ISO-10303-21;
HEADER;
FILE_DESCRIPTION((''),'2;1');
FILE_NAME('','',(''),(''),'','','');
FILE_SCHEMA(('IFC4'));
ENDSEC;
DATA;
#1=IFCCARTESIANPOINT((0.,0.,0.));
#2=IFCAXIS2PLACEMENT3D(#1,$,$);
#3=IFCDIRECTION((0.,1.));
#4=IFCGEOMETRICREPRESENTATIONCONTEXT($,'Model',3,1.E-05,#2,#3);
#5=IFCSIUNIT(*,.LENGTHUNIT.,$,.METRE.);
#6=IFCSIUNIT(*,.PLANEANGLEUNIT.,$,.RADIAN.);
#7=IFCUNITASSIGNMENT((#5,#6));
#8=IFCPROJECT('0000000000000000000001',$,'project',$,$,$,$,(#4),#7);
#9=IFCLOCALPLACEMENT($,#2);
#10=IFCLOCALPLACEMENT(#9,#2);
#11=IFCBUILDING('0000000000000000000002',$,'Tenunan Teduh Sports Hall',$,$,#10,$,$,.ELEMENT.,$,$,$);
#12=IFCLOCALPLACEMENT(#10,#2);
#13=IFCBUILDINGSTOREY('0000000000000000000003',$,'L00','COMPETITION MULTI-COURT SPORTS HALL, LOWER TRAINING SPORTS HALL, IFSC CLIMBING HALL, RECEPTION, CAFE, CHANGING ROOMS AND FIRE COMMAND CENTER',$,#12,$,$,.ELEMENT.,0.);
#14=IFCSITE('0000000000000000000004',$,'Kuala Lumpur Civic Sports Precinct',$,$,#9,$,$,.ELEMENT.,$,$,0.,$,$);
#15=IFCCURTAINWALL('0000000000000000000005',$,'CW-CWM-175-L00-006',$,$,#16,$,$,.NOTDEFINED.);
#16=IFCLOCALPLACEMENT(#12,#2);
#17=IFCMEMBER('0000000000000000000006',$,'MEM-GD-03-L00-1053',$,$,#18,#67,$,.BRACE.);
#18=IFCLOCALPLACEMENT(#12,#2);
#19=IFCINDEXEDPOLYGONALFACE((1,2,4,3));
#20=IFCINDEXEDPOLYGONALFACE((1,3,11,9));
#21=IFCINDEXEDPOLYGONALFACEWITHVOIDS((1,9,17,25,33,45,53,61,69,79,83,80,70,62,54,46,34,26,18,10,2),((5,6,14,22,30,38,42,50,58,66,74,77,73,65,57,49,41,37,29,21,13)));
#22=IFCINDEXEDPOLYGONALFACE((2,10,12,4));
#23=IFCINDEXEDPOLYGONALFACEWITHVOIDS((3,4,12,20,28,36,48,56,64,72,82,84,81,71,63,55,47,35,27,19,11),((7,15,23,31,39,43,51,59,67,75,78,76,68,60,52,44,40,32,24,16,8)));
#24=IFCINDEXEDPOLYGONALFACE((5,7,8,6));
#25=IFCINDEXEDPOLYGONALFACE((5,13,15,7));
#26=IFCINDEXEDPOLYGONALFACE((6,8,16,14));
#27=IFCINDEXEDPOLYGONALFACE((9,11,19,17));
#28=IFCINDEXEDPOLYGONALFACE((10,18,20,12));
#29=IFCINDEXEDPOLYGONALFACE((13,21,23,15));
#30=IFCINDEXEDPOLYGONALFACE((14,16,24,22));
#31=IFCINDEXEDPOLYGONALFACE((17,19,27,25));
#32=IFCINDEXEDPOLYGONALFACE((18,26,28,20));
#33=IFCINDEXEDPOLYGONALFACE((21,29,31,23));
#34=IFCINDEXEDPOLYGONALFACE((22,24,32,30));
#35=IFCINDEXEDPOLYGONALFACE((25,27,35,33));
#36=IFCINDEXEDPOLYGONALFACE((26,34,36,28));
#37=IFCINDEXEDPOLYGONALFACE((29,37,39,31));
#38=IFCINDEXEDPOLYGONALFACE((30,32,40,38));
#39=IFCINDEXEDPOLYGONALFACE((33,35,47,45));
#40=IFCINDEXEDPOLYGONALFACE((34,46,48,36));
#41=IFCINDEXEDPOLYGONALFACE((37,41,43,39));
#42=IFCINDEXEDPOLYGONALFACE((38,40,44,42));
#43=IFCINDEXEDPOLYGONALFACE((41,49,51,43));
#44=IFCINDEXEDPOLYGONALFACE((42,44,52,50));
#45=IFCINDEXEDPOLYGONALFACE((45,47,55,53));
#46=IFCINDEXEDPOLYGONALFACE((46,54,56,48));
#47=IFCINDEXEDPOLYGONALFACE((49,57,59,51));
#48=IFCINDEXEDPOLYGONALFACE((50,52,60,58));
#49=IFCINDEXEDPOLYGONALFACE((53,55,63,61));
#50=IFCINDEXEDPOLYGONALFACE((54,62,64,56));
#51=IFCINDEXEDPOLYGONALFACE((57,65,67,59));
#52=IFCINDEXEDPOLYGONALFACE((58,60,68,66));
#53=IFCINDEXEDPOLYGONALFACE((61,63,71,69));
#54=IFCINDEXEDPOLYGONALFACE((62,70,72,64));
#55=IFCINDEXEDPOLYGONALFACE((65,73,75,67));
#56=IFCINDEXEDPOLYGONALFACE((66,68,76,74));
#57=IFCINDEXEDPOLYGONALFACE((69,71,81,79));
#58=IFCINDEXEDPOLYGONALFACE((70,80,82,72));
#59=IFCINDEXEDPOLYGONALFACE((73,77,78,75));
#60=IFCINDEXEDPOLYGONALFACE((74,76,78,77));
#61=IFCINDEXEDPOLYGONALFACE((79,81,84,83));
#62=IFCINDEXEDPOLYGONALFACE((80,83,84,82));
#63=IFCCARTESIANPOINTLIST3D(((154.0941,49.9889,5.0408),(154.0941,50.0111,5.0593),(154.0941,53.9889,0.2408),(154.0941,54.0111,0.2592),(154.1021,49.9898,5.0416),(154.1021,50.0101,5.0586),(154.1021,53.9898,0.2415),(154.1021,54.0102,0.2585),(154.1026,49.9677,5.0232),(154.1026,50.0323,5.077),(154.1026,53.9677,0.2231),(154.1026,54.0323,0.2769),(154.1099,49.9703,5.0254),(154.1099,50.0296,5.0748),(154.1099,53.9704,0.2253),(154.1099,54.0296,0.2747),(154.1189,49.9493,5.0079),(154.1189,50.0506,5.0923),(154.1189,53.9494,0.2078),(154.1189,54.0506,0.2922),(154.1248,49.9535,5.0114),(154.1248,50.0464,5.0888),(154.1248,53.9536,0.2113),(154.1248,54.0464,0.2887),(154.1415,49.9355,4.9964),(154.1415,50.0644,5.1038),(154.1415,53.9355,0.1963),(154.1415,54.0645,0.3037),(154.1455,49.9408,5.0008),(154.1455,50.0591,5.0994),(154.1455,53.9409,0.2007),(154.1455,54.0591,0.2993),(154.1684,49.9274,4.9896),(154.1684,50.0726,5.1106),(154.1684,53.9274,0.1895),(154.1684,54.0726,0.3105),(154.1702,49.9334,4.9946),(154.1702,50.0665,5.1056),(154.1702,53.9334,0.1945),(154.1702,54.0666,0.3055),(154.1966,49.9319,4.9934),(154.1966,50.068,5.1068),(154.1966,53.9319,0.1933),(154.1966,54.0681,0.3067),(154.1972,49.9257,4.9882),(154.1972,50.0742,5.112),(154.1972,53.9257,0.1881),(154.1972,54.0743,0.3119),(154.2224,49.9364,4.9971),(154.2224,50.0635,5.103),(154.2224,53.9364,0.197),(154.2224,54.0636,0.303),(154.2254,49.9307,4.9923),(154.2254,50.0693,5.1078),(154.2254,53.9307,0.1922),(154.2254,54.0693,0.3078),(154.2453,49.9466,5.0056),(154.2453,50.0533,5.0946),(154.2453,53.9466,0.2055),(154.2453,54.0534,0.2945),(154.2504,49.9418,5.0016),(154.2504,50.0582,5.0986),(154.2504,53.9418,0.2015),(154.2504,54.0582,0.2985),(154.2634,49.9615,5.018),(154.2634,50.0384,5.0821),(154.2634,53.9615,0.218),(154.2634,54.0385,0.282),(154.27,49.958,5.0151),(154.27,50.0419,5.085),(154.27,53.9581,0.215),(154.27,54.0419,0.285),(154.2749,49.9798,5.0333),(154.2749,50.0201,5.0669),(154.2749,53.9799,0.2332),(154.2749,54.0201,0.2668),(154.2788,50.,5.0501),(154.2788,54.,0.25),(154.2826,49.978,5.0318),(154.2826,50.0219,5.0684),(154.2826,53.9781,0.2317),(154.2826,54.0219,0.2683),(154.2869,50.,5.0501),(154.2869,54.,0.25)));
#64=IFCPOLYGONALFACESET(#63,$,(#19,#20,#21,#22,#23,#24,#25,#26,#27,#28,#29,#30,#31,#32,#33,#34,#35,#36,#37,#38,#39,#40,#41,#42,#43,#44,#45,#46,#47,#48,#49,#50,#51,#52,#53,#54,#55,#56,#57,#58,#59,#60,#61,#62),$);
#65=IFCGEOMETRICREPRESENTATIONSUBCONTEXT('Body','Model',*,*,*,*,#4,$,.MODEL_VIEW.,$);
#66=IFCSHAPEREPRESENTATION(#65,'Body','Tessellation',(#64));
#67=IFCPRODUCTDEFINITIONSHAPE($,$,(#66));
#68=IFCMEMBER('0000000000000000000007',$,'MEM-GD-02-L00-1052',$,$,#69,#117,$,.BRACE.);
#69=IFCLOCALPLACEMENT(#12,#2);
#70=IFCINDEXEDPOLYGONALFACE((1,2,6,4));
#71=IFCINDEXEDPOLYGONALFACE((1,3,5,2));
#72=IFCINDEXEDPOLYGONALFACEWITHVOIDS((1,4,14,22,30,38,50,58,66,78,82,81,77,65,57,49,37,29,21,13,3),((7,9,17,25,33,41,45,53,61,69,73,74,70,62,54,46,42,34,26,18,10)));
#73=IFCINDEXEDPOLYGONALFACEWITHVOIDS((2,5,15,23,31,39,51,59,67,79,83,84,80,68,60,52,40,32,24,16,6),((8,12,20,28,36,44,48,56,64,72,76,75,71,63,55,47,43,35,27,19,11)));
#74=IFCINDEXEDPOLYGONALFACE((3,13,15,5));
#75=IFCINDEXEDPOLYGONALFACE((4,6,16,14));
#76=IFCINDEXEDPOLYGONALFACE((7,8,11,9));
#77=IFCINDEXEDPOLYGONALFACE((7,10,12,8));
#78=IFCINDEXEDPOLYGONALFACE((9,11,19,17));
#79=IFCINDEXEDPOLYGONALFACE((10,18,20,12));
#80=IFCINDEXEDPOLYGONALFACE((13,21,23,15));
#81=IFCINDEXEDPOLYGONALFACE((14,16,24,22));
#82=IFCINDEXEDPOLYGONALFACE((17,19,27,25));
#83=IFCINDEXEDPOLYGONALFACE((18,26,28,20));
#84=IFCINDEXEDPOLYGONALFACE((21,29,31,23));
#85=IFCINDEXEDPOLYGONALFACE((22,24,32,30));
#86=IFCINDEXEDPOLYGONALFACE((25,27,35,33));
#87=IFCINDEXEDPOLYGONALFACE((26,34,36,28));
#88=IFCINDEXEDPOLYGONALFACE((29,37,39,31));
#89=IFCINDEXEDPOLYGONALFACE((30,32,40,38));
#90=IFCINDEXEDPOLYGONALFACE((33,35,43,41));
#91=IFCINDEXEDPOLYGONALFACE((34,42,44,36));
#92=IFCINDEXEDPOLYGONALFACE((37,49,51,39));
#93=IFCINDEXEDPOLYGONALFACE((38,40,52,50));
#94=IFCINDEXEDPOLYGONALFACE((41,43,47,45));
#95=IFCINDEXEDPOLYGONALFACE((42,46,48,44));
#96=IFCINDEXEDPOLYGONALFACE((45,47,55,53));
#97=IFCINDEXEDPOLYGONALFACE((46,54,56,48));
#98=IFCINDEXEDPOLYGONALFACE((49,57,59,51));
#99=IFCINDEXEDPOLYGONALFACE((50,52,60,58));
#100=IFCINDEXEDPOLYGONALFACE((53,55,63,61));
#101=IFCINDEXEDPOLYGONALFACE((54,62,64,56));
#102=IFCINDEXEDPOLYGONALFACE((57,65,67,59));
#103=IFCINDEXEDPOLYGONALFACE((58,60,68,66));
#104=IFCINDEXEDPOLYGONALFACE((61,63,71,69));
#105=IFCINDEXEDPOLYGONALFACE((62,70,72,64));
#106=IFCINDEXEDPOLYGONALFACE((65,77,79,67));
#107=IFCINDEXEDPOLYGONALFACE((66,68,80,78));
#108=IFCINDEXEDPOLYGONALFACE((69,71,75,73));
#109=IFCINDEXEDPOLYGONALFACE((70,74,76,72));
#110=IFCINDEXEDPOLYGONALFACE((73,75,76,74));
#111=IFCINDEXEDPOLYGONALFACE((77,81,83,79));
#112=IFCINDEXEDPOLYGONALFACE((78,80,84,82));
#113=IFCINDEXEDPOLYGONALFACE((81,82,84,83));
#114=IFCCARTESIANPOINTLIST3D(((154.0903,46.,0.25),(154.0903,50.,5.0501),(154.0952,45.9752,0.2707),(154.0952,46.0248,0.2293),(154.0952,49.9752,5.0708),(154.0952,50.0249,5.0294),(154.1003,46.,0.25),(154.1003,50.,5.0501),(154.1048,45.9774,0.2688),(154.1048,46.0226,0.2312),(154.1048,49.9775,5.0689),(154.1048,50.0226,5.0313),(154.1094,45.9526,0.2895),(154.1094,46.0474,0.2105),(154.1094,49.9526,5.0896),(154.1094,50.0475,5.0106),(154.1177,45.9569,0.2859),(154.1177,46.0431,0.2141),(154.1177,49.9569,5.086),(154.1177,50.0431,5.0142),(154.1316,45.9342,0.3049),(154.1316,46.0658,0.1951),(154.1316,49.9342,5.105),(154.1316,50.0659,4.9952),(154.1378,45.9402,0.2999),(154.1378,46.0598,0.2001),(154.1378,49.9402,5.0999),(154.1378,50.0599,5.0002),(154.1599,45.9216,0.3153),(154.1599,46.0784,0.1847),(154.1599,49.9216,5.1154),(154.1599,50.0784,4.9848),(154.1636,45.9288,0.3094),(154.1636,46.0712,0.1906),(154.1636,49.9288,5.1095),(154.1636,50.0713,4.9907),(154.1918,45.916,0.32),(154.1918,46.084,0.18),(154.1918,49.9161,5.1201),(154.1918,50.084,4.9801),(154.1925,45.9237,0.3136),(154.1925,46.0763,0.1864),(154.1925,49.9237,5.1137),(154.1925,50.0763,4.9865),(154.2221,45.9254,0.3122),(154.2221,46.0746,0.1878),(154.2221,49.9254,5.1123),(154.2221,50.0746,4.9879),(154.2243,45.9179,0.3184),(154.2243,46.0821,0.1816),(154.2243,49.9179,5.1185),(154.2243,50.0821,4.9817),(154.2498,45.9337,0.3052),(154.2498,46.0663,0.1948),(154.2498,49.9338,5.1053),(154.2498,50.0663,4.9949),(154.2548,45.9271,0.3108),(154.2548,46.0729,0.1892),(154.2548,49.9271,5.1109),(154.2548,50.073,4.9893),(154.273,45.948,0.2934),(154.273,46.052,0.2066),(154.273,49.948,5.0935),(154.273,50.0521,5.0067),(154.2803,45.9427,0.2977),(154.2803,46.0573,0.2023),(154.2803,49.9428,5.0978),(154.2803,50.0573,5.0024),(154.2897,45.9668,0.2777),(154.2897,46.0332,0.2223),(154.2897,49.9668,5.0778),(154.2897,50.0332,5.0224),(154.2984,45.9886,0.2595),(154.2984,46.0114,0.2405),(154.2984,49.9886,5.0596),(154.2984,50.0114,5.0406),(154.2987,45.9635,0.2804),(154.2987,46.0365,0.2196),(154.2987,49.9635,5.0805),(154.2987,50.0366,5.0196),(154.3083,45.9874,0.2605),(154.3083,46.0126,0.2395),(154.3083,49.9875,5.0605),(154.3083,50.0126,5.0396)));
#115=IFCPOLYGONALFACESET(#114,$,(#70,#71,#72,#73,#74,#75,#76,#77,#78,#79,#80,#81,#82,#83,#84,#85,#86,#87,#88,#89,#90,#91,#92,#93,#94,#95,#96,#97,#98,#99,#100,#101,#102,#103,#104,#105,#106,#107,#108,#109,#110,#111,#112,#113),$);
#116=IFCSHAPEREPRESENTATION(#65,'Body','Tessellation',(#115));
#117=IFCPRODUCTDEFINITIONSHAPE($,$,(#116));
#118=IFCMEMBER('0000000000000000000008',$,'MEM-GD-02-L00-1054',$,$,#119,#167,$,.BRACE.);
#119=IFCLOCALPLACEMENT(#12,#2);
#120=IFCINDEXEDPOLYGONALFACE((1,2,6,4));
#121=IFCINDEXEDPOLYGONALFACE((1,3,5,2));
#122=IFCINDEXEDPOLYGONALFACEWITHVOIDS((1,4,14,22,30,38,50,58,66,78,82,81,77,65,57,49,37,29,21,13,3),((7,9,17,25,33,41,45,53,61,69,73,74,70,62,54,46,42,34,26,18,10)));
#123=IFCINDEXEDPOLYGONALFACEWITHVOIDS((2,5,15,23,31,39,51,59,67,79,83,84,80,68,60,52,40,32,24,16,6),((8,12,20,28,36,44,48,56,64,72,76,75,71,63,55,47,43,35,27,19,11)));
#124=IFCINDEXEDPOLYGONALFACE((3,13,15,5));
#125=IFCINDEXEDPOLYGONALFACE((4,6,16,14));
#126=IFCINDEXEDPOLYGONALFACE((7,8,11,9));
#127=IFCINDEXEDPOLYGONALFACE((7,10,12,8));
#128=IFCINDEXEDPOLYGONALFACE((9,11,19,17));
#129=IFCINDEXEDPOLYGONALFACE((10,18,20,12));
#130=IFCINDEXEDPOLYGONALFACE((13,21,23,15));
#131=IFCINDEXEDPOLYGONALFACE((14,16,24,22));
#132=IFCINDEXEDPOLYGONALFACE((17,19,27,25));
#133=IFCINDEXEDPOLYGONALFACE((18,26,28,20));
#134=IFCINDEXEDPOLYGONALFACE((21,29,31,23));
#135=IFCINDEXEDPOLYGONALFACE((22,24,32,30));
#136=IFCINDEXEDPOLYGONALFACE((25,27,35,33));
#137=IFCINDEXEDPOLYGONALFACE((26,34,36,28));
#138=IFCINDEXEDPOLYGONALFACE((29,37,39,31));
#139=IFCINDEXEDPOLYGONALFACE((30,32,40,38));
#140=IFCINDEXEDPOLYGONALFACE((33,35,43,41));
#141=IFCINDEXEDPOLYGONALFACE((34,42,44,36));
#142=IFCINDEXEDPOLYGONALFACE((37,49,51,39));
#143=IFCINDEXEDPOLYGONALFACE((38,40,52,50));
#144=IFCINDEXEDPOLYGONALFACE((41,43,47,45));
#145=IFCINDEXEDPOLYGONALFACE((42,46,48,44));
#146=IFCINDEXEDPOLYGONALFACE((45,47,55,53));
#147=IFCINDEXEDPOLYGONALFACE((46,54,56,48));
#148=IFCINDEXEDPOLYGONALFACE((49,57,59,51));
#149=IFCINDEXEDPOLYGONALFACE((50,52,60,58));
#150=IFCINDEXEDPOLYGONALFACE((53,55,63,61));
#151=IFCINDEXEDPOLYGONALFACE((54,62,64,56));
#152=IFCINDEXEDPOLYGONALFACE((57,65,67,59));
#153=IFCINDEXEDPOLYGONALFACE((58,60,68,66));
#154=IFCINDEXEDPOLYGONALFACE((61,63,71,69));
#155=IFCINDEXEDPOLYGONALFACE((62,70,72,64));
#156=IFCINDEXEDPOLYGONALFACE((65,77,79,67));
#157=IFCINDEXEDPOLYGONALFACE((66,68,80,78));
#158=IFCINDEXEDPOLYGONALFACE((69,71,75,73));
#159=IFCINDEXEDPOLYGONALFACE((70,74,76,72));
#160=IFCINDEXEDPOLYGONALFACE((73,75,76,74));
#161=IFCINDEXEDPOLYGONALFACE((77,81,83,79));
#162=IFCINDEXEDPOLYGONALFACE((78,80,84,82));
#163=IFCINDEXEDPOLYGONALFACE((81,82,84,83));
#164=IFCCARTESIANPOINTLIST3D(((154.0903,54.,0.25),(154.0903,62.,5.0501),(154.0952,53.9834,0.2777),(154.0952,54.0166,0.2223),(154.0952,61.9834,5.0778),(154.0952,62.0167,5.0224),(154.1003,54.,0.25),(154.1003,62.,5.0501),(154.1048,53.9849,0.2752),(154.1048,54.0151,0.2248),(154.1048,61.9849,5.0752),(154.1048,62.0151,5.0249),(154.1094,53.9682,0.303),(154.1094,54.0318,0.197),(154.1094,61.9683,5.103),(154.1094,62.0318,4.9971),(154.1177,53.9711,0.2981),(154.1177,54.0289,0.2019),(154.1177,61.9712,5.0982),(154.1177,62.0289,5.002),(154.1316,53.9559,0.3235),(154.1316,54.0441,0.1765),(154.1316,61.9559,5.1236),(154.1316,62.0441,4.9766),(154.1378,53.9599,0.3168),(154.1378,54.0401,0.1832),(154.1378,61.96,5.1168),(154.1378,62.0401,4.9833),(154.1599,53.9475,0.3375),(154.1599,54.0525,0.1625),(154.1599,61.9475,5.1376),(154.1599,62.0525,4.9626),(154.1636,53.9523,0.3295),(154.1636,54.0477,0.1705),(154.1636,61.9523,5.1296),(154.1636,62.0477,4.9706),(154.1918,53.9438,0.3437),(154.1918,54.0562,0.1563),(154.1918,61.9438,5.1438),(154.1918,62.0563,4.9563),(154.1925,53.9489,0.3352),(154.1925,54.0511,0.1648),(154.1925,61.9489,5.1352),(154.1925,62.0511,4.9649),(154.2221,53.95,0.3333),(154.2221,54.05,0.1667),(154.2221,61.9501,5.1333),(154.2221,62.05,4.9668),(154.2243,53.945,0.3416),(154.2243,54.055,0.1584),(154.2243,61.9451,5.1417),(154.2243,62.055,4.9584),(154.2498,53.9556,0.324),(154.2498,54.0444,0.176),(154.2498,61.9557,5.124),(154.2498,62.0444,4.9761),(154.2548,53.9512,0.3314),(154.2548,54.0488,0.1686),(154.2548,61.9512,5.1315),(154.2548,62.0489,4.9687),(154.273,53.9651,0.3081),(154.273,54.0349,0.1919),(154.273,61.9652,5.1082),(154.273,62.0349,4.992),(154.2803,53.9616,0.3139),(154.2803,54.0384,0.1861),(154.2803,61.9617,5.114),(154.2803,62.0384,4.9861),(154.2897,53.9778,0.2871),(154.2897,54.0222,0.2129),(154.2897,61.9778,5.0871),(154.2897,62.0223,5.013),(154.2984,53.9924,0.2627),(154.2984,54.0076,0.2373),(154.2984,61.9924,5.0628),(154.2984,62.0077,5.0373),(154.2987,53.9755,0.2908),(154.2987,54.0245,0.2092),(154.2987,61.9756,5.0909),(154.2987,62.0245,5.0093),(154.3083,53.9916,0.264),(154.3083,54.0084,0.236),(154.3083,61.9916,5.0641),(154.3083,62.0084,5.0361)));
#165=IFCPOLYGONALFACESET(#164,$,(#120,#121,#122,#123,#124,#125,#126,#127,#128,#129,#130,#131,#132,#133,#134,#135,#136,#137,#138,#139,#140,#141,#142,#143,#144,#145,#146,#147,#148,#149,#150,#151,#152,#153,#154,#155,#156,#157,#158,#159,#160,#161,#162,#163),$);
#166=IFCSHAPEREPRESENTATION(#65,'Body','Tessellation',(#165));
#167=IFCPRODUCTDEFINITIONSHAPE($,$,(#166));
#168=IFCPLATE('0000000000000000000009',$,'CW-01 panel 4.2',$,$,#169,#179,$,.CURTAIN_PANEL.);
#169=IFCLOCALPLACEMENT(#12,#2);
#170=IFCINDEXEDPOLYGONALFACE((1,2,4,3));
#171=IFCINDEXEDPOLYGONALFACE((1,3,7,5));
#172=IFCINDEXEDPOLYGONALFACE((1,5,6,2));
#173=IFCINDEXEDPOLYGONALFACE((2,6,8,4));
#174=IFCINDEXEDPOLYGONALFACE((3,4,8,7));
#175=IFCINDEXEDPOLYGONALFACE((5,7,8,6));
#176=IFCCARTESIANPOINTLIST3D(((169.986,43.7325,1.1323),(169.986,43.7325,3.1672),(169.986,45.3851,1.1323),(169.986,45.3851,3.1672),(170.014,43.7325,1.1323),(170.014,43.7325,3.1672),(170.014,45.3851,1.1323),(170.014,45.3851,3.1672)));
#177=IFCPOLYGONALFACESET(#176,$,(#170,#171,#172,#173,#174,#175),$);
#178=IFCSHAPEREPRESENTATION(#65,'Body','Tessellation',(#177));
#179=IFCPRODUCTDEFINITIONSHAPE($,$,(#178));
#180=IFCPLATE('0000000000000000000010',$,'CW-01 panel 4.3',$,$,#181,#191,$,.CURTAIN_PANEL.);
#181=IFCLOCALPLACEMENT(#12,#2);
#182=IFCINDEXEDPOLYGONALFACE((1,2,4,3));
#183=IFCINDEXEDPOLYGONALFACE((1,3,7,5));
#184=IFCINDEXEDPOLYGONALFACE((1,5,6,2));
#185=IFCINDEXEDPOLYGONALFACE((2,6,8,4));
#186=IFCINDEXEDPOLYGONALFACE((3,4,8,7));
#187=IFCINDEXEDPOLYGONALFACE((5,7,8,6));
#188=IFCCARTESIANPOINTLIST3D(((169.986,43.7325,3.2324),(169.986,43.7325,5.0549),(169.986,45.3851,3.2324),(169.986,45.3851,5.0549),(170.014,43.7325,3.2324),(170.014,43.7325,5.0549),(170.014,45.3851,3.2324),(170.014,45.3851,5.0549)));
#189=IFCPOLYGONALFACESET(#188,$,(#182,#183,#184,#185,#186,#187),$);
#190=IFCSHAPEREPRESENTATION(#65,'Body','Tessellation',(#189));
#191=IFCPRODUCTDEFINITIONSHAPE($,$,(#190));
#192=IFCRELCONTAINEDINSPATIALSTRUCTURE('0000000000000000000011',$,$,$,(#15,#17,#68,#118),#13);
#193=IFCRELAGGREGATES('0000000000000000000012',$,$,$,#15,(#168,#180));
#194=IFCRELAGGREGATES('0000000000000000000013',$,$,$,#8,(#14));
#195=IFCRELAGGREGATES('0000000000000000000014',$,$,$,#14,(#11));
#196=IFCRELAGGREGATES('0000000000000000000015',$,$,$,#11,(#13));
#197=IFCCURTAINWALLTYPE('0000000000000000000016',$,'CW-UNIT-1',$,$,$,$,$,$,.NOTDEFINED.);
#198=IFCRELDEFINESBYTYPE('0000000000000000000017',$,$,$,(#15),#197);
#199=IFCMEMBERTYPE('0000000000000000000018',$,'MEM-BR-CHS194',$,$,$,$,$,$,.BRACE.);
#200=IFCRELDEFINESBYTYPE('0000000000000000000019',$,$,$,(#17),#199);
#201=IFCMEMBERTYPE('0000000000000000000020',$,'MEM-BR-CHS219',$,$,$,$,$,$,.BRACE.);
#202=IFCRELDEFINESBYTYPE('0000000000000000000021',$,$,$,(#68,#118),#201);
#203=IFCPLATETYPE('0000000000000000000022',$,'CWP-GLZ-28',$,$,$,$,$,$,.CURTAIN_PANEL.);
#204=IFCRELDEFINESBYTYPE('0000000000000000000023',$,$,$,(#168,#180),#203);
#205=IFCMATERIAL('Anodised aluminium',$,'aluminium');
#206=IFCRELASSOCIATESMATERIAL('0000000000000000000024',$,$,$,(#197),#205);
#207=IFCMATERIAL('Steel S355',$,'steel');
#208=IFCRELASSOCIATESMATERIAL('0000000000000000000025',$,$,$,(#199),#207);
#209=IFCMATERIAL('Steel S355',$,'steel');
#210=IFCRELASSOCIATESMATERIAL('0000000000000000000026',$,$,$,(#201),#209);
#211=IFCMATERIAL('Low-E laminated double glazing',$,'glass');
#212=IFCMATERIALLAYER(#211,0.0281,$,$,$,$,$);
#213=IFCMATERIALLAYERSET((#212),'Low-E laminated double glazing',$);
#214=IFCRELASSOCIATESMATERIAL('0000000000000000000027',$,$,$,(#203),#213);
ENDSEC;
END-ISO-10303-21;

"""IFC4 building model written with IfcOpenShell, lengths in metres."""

from ifc_helpers import new_model, si_unit, direction, frame, origin, origin_2d, place, context, subcontext, project, spatial, rectangle, hollow_circle, extrude, material, layer, layer_set, material_profile, profile_set, type_object, element, aggregate, save


model = new_model("IFC4")

# Units and contexts
model_context = context("Model", 3, precision=1e-05, world=origin(), true_north=direction((0.0, 1.0)))
body_context = subcontext(model_context, "Body", "Model", "MODEL_VIEW")
ifc_project = project(units=[si_unit("LENGTHUNIT", "METRE"), si_unit("PLANEANGLEUNIT", "RADIAN")], contexts=[model_context])

# Site, building, storey
site_placement = place(None, origin())
site = spatial("IfcSite", under=ifc_project, at=site_placement, Name="Kuala Lumpur Civic Sports Precinct", CompositionType="ELEMENT", RefElevation=0.0)
building_placement = place(site_placement, origin())
building = spatial("IfcBuilding", under=site, at=building_placement, Name="Tenunan Teduh Sports Hall", CompositionType="ELEMENT")
storey_placement = place(building_placement, origin())
storey = spatial("IfcBuildingStorey", under=building, at=storey_placement, Name="L00", Description="COMPETITION MULTI-COURT SPORTS HALL, LOWER TRAINING SPORTS HALL, IFSC CLIMBING HALL, RECEPTION, CAFE, CHANGING ROOMS AND FIRE COMMAND CENTER", CompositionType="ELEMENT", Elevation=0.0)

# Curtain wall
ifc_material_1 = material(Name="Anodised aluminium", Category="aluminium")
curtain_wall_type = type_object("IfcCurtainWallType", Name="CW-UNIT-1", PredefinedType="NOTDEFINED", material=ifc_material_1)
curtain_wall_1_placement = place(storey_placement, origin())
curtain_wall_1 = element("IfcCurtainWall", 1, at=curtain_wall_1_placement, inside=storey, type_object=curtain_wall_type, Name="CW-CWM-175-L00-006", PredefinedType="NOTDEFINED")

# Members
ifc_material_2 = material(Name="Steel S355", Category="steel")
ifc_material_profile_1 = material_profile(ifc_material_2, hollow_circle(Radius=0.0969, WallThickness=0.0081, at=origin_2d()), Name="CHS 193.7x8.0")
ifc_profile_set_1 = profile_set([ifc_material_profile_1], Name="Steel S355")
member_type_1 = type_object("IfcMemberType", Name="MEM-BR-CHS194", PredefinedType="BRACE", material=ifc_profile_set_1)
member_1_placement = place(storey_placement, frame((154.1899, 54.0, 0.25), z_axis=(0.0, -0.640181, 0.768224), x_axis=(1.0, 0.0, 0.0)))
element("IfcMember", 2, at=member_1_placement, inside=storey, type_object=member_type_1, Name="MEM-GD-03-L00-1053", PredefinedType="BRACE", context=body_context, shape_type="SweptSolid", body=[
    extrude(hollow_circle(Radius=0.0969, WallThickness=0.0081, at=origin_2d()), origin(), (0.0, 0.0, 1.0), 6.2483),
])
ifc_material_3 = material(Name="Steel S355", Category="steel")
ifc_material_profile_2 = material_profile(ifc_material_3, hollow_circle(Radius=0.1096, WallThickness=0.01, at=origin_2d()), Name="CHS 219.1x10.0")
ifc_profile_set_2 = profile_set([ifc_material_profile_2], Name="Steel S355")
member_type_2 = type_object("IfcMemberType", Name="MEM-BR-CHS219", PredefinedType="BRACE", material=ifc_profile_set_2)
member_2_placement = place(storey_placement, frame((154.2, 46.0, 0.25), z_axis=(0.0, 0.640181, 0.768224), x_axis=(-1.0, 0.0, 0.0)))
element("IfcMember", 3, at=member_2_placement, inside=storey, type_object=member_type_2, Name="MEM-GD-02-L00-1052", PredefinedType="BRACE", context=body_context, shape_type="SweptSolid", body=[
    extrude(hollow_circle(Radius=0.1096, WallThickness=0.01, at=origin_2d()), origin(), (0.0, 0.0, 1.0), 6.2483),
])
member_3_placement = place(storey_placement, frame((154.2, 54.0, 0.25), z_axis=(0.0, 0.857491, 0.5145), x_axis=(-1.0, 0.0, 0.0)))
element("IfcMember", 4, at=member_3_placement, inside=storey, type_object=member_type_2, Name="MEM-GD-02-L00-1054", PredefinedType="BRACE", context=body_context, shape_type="SweptSolid", body=[
    extrude(hollow_circle(Radius=0.1096, WallThickness=0.01, at=origin_2d()), origin(), (0.0, 0.0, 1.0), 9.3296),
])

# Plates
ifc_material_4 = material(Name="Low-E laminated double glazing", Category="glass")
ifc_layer_1 = layer(ifc_material_4, 0.0281)
ifc_layer_set_1 = layer_set([ifc_layer_1], Name="Low-E laminated double glazing")
plate_type_1 = type_object("IfcPlateType", Name="CWP-GLZ-28", PredefinedType="CURTAIN_PANEL", material=ifc_layer_set_1)
plate_1_placement = place(storey_placement, frame((170.0, 44.5588, 1.1323), z_axis=(0.0, 0.0, 1.0), x_axis=(0.0, 1.0, 0.0)))
plate_1 = element("IfcPlate", 5, at=plate_1_placement, type_object=plate_type_1, Name="CW-01 panel 4.2", PredefinedType="CURTAIN_PANEL", context=body_context, shape_type="SweptSolid", body=[
    extrude(rectangle(XDim=1.6526, YDim=0.0281, at=origin_2d()), origin(), (0.0, 0.0, 1.0), 2.0349),
])
plate_2_placement = place(storey_placement, frame((170.0, 44.5588, 3.2324), z_axis=(0.0, 0.0, 1.0), x_axis=(0.0, 1.0, 0.0)))
plate_2 = element("IfcPlate", 6, at=plate_2_placement, type_object=plate_type_1, Name="CW-01 panel 4.3", PredefinedType="CURTAIN_PANEL", context=body_context, shape_type="SweptSolid", body=[
    extrude(rectangle(XDim=1.6526, YDim=0.0281, at=origin_2d()), origin(), (0.0, 0.0, 1.0), 1.8225),
])
aggregate(curtain_wall_1, [plate_1, plate_2])

save(model, "model.ifc")
